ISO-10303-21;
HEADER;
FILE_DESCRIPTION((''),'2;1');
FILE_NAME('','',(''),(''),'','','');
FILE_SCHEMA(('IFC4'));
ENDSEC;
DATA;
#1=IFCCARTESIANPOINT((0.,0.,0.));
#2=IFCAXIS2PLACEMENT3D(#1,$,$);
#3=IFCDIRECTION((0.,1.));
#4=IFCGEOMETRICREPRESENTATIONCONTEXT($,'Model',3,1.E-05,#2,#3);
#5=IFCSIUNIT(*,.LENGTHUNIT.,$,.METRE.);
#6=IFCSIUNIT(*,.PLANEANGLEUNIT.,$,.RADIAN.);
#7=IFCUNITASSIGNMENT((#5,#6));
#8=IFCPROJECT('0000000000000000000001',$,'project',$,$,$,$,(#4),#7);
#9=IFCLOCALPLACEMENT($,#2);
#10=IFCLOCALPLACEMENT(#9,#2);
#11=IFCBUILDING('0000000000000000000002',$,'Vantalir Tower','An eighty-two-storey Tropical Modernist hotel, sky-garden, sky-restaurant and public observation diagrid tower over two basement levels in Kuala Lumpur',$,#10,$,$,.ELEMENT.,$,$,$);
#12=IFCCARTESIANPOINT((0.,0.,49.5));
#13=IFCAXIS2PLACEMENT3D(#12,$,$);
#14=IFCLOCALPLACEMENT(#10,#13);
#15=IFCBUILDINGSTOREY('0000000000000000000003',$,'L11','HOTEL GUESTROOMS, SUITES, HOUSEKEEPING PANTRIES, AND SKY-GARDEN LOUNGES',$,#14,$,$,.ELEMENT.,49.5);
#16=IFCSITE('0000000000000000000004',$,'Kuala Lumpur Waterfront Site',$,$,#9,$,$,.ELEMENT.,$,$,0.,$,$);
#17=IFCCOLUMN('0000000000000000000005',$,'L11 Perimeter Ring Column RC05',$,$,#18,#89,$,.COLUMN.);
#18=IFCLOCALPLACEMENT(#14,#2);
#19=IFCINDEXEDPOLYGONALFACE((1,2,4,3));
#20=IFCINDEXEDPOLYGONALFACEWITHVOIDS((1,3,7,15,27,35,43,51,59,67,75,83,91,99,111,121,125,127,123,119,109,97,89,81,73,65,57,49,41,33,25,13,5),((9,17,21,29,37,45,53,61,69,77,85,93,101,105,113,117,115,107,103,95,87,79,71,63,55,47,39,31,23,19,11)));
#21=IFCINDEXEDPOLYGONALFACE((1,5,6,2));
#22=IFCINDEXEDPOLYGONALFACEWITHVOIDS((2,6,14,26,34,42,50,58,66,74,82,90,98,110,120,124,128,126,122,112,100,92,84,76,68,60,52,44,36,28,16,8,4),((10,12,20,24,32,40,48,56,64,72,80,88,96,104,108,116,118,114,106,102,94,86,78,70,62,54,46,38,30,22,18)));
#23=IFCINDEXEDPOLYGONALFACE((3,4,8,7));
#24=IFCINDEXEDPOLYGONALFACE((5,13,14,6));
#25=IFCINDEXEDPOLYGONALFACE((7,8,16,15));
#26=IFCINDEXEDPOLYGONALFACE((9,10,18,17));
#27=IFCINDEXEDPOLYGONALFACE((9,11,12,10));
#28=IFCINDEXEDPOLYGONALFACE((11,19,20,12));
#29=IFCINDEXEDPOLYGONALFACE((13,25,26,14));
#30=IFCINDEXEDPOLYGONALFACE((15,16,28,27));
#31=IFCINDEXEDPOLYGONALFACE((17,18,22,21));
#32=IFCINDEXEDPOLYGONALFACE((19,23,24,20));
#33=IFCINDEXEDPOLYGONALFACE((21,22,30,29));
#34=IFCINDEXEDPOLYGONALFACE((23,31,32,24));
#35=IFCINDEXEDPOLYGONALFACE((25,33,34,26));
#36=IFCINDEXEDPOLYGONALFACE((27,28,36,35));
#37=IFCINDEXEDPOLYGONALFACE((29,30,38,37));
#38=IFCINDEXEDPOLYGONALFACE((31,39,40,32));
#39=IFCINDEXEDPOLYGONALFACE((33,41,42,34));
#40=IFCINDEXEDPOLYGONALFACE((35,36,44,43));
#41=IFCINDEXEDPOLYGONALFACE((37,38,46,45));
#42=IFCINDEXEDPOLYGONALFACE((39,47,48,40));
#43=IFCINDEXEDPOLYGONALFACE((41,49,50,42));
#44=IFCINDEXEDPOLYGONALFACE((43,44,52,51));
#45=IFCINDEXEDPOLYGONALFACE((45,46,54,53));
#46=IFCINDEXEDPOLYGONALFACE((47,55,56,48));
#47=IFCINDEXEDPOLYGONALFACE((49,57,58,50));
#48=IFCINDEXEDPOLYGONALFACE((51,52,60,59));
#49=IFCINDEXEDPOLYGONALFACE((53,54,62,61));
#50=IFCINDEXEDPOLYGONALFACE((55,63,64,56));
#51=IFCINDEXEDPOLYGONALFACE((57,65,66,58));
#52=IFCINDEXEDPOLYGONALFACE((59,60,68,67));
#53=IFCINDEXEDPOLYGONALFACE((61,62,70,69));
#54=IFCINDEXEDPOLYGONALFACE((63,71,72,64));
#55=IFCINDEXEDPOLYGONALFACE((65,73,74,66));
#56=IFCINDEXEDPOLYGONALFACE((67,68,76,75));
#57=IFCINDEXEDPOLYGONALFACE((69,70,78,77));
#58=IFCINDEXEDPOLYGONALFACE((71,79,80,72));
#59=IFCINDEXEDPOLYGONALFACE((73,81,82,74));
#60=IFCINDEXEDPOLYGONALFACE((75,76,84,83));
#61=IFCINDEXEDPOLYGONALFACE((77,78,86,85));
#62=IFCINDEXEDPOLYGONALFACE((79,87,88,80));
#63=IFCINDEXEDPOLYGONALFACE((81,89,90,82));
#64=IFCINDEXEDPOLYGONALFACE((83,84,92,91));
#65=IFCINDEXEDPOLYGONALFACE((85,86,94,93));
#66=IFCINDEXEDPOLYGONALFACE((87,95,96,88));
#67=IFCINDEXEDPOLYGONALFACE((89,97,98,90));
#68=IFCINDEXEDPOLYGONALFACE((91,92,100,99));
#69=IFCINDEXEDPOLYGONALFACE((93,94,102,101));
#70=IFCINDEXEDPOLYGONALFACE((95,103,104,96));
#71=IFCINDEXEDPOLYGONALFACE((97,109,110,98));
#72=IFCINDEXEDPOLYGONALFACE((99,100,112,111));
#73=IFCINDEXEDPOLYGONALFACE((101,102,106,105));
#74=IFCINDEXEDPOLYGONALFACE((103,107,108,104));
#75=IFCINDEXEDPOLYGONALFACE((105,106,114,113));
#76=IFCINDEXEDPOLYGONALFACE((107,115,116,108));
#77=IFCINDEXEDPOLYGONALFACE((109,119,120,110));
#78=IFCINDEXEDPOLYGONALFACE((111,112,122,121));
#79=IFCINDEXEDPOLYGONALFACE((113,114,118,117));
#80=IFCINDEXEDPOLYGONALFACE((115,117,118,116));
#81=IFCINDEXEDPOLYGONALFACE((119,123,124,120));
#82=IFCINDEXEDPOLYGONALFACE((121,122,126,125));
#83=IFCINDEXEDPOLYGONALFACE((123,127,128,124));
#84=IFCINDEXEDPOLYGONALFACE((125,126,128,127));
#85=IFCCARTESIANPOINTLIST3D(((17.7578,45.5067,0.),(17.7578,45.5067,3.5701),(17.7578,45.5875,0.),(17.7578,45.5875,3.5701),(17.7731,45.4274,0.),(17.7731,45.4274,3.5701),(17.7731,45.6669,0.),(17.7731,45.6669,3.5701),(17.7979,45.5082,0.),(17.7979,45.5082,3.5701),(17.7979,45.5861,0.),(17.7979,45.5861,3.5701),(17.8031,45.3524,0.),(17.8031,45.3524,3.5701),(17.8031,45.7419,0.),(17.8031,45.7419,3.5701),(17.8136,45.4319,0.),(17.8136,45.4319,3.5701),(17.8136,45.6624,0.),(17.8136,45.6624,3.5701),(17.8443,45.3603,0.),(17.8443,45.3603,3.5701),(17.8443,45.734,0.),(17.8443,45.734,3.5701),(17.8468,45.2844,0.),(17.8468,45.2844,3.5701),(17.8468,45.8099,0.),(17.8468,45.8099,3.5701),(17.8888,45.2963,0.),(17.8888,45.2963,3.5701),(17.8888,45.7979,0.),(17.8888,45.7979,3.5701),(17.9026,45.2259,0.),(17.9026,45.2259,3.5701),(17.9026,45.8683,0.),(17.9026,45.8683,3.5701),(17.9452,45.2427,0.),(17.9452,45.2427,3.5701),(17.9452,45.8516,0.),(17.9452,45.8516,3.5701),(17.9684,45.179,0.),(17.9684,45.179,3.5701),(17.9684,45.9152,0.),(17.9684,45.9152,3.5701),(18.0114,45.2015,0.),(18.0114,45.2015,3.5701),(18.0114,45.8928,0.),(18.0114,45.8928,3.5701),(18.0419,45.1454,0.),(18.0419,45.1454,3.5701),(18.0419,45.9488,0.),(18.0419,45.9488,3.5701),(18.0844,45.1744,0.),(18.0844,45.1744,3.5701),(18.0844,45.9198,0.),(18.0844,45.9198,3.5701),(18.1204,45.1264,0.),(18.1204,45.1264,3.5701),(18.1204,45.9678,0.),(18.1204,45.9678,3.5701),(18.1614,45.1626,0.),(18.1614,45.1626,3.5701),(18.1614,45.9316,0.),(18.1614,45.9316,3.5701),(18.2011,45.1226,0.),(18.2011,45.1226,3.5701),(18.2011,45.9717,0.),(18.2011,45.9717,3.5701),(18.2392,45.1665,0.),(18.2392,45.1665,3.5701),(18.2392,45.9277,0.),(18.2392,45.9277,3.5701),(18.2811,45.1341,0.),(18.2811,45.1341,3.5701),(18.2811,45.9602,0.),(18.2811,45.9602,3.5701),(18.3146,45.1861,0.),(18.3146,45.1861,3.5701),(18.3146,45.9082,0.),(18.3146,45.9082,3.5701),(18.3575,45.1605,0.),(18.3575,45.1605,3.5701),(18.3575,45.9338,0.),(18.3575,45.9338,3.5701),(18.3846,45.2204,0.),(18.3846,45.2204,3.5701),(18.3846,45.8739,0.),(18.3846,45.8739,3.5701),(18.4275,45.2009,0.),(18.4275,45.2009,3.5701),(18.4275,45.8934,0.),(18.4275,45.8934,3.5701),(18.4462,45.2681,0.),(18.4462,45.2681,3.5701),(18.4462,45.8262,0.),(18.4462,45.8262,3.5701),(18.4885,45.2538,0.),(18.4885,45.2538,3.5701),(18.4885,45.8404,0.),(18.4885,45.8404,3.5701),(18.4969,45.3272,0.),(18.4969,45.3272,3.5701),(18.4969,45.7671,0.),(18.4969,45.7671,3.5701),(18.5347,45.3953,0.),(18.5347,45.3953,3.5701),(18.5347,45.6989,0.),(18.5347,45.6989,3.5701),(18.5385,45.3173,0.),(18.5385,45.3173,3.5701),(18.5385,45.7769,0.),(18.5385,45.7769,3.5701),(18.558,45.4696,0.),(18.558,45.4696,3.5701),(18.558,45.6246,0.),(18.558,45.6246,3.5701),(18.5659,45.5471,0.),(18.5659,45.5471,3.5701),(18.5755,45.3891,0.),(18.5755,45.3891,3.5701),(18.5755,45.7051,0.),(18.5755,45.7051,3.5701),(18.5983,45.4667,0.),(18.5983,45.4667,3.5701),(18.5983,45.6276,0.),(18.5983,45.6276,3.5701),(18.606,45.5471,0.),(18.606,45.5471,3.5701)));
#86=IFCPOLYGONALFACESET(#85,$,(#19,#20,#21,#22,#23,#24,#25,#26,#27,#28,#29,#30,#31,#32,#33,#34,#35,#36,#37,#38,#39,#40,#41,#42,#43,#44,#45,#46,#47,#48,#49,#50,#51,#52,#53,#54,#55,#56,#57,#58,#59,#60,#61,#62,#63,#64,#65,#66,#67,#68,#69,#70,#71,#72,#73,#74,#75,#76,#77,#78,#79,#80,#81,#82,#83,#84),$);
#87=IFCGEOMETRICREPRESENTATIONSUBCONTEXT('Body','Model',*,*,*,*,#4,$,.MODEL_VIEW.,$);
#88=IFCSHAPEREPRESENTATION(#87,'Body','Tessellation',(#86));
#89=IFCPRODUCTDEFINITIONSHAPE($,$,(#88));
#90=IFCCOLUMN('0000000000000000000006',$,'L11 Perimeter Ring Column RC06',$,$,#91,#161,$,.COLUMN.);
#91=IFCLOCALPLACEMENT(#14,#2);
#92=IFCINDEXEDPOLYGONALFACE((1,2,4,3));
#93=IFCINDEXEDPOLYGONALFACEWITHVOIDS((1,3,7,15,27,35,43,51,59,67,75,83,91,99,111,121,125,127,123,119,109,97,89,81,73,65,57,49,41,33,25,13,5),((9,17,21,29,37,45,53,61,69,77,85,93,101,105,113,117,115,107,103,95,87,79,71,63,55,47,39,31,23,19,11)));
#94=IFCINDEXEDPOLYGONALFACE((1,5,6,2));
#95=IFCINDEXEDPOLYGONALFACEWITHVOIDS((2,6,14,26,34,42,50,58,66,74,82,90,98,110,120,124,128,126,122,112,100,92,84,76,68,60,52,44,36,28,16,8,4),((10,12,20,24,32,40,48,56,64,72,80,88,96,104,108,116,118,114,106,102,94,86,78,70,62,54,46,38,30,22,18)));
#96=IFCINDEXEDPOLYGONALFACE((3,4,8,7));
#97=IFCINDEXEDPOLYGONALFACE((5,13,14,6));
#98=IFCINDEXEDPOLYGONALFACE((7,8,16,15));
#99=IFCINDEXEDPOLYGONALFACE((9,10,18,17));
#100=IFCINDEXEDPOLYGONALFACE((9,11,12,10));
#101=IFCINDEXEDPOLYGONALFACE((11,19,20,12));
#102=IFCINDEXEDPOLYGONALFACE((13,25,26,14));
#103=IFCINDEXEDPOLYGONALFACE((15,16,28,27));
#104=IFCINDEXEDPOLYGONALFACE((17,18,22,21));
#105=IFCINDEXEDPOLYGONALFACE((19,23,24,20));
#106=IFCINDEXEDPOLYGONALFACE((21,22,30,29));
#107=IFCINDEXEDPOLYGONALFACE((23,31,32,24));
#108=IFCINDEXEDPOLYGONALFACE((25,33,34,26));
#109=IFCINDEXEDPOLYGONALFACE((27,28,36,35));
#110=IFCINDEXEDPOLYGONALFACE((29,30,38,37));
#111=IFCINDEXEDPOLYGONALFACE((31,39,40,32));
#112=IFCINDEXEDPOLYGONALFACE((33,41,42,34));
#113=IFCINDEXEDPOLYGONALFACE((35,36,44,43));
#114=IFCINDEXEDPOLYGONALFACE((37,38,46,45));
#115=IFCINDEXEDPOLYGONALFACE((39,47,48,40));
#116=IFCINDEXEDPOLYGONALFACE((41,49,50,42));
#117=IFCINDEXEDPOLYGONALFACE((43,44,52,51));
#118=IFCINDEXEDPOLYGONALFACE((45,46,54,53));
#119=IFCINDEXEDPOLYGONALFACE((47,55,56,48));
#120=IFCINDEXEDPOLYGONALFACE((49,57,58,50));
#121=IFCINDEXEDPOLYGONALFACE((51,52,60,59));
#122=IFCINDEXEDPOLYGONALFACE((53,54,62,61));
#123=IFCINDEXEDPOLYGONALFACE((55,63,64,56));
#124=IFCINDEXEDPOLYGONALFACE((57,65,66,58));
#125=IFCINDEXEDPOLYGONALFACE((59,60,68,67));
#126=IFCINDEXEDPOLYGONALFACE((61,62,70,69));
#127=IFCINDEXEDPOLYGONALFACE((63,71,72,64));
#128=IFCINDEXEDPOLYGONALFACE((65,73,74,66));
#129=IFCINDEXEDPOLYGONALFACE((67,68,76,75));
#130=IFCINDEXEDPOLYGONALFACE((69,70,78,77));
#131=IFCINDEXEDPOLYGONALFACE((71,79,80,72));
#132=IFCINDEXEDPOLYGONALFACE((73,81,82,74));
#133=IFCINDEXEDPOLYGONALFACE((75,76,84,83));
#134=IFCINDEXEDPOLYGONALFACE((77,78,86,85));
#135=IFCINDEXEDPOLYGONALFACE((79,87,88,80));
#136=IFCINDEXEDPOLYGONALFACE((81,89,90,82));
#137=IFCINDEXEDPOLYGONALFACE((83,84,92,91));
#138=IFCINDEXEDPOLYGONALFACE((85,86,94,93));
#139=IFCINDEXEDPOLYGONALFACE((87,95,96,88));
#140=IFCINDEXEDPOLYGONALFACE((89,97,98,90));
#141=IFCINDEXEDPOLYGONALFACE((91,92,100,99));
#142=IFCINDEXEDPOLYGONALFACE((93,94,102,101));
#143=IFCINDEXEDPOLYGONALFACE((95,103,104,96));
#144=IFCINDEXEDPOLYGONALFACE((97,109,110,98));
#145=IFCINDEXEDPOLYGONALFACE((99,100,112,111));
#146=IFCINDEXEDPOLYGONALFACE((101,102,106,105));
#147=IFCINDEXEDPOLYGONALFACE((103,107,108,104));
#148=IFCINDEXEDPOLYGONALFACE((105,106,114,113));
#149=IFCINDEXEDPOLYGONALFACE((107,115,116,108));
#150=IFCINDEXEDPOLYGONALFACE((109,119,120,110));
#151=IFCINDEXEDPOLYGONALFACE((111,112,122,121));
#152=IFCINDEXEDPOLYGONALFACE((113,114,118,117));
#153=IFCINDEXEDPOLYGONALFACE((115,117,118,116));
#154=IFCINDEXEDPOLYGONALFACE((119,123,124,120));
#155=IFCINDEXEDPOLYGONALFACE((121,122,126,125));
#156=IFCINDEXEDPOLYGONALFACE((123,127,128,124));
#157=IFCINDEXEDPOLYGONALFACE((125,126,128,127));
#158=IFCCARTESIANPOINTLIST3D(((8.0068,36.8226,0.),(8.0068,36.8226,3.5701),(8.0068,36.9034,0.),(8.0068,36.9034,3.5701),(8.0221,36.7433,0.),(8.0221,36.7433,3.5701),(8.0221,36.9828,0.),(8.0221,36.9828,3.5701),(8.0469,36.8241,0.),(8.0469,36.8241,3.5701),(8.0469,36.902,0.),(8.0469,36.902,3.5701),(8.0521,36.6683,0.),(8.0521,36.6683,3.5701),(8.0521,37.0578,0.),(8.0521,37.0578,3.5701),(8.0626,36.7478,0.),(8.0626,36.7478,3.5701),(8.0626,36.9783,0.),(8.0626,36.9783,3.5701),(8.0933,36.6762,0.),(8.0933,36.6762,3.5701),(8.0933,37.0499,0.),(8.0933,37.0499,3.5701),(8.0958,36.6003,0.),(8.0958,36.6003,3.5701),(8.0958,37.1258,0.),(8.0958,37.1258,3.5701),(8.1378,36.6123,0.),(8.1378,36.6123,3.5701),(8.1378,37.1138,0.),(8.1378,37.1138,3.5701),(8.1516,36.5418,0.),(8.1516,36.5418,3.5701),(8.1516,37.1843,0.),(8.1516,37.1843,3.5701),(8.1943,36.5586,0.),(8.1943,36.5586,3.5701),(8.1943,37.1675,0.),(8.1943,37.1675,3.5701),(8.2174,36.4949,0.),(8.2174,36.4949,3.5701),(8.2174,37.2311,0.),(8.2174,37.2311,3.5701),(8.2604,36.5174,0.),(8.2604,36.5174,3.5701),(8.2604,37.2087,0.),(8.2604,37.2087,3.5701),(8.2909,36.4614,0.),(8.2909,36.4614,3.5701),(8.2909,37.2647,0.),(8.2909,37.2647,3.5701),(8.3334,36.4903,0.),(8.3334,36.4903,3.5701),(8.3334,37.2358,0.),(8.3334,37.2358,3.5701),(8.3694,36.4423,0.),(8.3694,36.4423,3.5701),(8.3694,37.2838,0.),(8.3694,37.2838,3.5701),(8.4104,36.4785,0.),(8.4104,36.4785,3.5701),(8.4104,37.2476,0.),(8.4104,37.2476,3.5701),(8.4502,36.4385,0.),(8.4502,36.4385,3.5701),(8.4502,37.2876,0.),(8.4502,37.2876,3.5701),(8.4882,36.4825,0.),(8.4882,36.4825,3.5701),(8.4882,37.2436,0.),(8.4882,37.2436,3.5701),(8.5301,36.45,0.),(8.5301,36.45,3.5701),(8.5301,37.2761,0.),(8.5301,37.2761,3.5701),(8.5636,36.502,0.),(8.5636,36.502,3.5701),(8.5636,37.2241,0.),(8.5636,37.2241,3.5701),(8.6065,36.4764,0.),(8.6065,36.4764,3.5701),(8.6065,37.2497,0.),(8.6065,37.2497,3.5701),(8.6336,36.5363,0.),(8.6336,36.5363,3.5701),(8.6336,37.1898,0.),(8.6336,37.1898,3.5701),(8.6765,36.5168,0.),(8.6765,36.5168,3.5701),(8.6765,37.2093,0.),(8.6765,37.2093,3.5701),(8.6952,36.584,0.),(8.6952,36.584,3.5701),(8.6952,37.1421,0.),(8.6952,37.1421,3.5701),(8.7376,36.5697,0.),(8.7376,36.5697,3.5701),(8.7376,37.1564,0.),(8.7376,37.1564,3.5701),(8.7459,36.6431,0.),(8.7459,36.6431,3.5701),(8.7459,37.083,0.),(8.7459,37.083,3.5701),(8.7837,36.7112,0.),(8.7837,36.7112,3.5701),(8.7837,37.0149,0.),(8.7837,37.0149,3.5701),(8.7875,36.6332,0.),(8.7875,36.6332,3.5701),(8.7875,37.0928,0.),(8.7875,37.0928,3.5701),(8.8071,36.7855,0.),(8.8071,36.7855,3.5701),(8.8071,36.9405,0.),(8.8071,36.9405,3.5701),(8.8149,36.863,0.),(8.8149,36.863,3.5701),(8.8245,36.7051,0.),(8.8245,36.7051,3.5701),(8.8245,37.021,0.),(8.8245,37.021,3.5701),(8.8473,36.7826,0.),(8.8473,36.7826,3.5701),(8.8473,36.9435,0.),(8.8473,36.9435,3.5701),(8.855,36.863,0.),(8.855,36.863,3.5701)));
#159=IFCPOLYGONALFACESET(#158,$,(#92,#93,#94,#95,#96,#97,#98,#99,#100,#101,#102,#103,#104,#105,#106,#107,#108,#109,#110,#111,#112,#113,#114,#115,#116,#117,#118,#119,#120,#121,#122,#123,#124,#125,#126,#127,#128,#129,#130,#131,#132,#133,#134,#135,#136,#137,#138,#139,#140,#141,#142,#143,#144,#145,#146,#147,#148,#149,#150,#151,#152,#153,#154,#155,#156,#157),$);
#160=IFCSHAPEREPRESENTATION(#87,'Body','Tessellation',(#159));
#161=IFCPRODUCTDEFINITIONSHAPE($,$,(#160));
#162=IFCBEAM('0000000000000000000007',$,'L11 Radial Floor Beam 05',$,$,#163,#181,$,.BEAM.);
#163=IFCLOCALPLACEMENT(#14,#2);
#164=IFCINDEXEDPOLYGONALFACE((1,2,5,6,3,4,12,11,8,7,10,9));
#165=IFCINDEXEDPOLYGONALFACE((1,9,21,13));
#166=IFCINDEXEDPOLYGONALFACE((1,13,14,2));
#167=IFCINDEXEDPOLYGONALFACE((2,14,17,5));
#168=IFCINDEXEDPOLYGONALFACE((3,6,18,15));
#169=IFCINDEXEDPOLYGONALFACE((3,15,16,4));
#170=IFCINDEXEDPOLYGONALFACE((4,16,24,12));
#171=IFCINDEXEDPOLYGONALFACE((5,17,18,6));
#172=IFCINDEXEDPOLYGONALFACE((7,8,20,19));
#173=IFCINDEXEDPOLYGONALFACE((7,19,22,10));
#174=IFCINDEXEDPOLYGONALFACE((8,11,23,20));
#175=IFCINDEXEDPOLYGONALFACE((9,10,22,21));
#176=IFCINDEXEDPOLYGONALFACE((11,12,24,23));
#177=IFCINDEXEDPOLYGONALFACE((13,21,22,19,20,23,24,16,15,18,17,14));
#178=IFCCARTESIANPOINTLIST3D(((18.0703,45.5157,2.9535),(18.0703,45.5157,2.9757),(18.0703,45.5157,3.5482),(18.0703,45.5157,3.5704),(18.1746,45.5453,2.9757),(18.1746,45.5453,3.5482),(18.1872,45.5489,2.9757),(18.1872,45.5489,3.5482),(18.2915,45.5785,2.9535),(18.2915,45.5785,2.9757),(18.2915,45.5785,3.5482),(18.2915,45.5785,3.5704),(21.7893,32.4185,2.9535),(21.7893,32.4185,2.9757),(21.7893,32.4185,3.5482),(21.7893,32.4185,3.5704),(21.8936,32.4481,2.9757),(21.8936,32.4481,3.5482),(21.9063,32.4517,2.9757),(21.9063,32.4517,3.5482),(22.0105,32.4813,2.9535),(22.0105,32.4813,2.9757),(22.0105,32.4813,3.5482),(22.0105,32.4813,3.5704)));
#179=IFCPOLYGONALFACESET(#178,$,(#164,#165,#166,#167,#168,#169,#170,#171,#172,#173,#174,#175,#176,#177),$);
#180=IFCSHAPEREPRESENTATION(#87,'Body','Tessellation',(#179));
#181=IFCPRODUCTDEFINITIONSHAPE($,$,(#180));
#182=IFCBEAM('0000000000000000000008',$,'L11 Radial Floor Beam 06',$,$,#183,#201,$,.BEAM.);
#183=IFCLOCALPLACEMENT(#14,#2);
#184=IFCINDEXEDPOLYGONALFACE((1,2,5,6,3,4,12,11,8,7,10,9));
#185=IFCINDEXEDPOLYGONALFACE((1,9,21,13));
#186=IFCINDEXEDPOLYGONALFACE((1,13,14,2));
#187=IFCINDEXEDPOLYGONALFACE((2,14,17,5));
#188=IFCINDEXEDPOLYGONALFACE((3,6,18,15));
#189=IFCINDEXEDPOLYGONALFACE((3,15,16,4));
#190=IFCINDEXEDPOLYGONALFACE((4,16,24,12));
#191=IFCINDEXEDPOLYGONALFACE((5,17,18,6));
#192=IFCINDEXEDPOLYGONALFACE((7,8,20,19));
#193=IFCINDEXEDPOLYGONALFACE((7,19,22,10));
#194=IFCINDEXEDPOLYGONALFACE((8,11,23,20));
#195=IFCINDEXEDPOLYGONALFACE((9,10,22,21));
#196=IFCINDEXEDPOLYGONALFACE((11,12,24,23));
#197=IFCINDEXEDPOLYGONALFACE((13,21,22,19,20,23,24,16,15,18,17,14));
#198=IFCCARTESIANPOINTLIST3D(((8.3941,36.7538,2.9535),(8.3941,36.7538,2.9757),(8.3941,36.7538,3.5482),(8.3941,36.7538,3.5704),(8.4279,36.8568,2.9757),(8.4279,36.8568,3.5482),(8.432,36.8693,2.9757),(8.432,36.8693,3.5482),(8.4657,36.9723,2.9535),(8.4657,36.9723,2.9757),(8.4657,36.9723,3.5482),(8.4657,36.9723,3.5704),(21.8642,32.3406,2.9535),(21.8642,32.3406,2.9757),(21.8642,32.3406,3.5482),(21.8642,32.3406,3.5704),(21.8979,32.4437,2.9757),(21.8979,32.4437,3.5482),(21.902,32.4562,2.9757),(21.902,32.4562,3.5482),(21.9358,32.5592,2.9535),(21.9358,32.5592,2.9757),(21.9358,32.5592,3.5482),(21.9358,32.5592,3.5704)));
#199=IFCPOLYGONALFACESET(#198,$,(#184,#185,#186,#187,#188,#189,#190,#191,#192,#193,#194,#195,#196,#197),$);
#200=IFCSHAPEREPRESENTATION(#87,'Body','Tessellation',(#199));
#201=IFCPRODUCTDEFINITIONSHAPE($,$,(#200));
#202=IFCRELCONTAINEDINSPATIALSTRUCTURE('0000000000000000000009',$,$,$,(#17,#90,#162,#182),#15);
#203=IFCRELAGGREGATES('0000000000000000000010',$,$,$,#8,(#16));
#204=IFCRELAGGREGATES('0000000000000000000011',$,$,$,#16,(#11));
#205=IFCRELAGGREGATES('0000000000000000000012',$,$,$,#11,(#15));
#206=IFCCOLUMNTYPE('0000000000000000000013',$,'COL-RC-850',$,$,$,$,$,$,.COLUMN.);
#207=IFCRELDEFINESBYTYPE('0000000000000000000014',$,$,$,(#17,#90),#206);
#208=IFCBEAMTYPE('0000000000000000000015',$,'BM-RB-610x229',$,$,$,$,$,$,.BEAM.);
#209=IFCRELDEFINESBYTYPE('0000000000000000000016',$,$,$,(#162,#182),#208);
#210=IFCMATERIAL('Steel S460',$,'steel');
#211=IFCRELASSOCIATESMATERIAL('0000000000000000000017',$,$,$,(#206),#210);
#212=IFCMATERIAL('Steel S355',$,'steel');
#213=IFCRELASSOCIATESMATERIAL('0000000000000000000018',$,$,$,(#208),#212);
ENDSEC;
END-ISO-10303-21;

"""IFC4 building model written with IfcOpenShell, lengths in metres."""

from ifc_helpers import new_model, si_unit, direction, frame, origin, origin_2d, place, context, subcontext, project, spatial, hollow_circle, i_section, extrude, material, material_profile, profile_set, type_object, element, save


model = new_model("IFC4")

# Units and contexts
model_context = context("Model", 3, precision=1e-05, world=origin(), true_north=direction((0.0, 1.0)))
body_context = subcontext(model_context, "Body", "Model", "MODEL_VIEW")
ifc_project = project(units=[si_unit("LENGTHUNIT", "METRE"), si_unit("PLANEANGLEUNIT", "RADIAN")], contexts=[model_context])

# Site, building, storey
site_placement = place(None, origin())
site = spatial("IfcSite", under=ifc_project, at=site_placement, Name="Kuala Lumpur Waterfront Site", CompositionType="ELEMENT", RefElevation=0.0)
building_placement = place(site_placement, origin())
building = spatial("IfcBuilding", under=site, at=building_placement, Name="Vantalir Tower", Description="An eighty-two-storey Tropical Modernist hotel, sky-garden, sky-restaurant and public observation diagrid tower over two basement levels in Kuala Lumpur", CompositionType="ELEMENT")
storey_placement = place(building_placement, frame((0.0, 0.0, 49.5)))
storey = spatial("IfcBuildingStorey", under=building, at=storey_placement, Name="L11", Description="HOTEL GUESTROOMS, SUITES, HOUSEKEEPING PANTRIES, AND SKY-GARDEN LOUNGES", CompositionType="ELEMENT", Elevation=49.5)

# Columns
ifc_material_1 = material(Name="Steel S460", Category="steel")
ifc_material_profile_1 = material_profile(ifc_material_1, hollow_circle(Radius=0.425, WallThickness=0.04, at=origin_2d()), Name="Steel S460")
ifc_profile_set_1 = profile_set([ifc_material_profile_1], Name="Steel S460")
column_type = type_object("IfcColumnType", Name="COL-RC-850", PredefinedType="COLUMN", material=ifc_profile_set_1)
for number, where, z_axis, x_axis, name in (
    (1, (18.1809, 45.5471, 0.0), (0.0, 0.0, 1.0), (1.0, 0.0, 0.0), "L11 Perimeter Ring Column RC05"),
    (2, (8.4299, 36.863, 0.0), (0.0, 0.0, 1.0), (1.0, 0.0, 0.0), "L11 Perimeter Ring Column RC06"),
):
    element("IfcColumn", number, at=place(storey_placement, frame(where, z_axis=z_axis, x_axis=x_axis)), inside=storey, type_object=column_type, Name=name, PredefinedType="COLUMN", context=body_context, shape_type="SweptSolid", body=[
        extrude(hollow_circle(Radius=0.425, WallThickness=0.04, at=origin_2d()), origin(), (0.0, 0.0, 1.0), 3.5701),
    ])

# Beams
ifc_material_2 = material(Name="Steel S355", Category="steel")
ifc_material_profile_2 = material_profile(ifc_material_2, i_section(OverallWidth=0.23, OverallDepth=0.6169, WebThickness=0.0132, FlangeThickness=0.0222, at=origin_2d()), Name="Steel S355")
ifc_profile_set_2 = profile_set([ifc_material_profile_2], Name="Steel S355")
beam_type_1 = type_object("IfcBeamType", Name="BM-RB-610x229", PredefinedType="BEAM", material=ifc_profile_set_2)
beam_1_placement = place(storey_placement, frame((18.1809, 45.5471, 3.262), z_axis=(0.273155, -0.96197, 0.0), x_axis=(0.96197, 0.273155, 0.0)))
element("IfcBeam", 3, at=beam_1_placement, inside=storey, type_object=beam_type_1, Name="L11 Radial Floor Beam 05", PredefinedType="BEAM", context=body_context, shape_type="SweptSolid", body=[
    extrude(i_section(OverallWidth=0.23, OverallDepth=0.6169, WebThickness=0.0132, FlangeThickness=0.0222, at=origin_2d()), origin(), (0.0, 0.0, 1.0), 13.615),
])
beam_2_placement = place(storey_placement, frame((8.4299, 36.863, 3.262), z_axis=(0.950298, -0.311341, 0.0), x_axis=(0.311341, 0.950298, 0.0)))
element("IfcBeam", 4, at=beam_2_placement, inside=storey, type_object=beam_type_1, Name="L11 Radial Floor Beam 06", PredefinedType="BEAM", context=body_context, shape_type="SweptSolid", body=[
    extrude(i_section(OverallWidth=0.23, OverallDepth=0.6169, WebThickness=0.0132, FlangeThickness=0.0222, at=origin_2d()), origin(), (0.0, 0.0, 1.0), 14.1746),
])

save(model, "model.ifc")
